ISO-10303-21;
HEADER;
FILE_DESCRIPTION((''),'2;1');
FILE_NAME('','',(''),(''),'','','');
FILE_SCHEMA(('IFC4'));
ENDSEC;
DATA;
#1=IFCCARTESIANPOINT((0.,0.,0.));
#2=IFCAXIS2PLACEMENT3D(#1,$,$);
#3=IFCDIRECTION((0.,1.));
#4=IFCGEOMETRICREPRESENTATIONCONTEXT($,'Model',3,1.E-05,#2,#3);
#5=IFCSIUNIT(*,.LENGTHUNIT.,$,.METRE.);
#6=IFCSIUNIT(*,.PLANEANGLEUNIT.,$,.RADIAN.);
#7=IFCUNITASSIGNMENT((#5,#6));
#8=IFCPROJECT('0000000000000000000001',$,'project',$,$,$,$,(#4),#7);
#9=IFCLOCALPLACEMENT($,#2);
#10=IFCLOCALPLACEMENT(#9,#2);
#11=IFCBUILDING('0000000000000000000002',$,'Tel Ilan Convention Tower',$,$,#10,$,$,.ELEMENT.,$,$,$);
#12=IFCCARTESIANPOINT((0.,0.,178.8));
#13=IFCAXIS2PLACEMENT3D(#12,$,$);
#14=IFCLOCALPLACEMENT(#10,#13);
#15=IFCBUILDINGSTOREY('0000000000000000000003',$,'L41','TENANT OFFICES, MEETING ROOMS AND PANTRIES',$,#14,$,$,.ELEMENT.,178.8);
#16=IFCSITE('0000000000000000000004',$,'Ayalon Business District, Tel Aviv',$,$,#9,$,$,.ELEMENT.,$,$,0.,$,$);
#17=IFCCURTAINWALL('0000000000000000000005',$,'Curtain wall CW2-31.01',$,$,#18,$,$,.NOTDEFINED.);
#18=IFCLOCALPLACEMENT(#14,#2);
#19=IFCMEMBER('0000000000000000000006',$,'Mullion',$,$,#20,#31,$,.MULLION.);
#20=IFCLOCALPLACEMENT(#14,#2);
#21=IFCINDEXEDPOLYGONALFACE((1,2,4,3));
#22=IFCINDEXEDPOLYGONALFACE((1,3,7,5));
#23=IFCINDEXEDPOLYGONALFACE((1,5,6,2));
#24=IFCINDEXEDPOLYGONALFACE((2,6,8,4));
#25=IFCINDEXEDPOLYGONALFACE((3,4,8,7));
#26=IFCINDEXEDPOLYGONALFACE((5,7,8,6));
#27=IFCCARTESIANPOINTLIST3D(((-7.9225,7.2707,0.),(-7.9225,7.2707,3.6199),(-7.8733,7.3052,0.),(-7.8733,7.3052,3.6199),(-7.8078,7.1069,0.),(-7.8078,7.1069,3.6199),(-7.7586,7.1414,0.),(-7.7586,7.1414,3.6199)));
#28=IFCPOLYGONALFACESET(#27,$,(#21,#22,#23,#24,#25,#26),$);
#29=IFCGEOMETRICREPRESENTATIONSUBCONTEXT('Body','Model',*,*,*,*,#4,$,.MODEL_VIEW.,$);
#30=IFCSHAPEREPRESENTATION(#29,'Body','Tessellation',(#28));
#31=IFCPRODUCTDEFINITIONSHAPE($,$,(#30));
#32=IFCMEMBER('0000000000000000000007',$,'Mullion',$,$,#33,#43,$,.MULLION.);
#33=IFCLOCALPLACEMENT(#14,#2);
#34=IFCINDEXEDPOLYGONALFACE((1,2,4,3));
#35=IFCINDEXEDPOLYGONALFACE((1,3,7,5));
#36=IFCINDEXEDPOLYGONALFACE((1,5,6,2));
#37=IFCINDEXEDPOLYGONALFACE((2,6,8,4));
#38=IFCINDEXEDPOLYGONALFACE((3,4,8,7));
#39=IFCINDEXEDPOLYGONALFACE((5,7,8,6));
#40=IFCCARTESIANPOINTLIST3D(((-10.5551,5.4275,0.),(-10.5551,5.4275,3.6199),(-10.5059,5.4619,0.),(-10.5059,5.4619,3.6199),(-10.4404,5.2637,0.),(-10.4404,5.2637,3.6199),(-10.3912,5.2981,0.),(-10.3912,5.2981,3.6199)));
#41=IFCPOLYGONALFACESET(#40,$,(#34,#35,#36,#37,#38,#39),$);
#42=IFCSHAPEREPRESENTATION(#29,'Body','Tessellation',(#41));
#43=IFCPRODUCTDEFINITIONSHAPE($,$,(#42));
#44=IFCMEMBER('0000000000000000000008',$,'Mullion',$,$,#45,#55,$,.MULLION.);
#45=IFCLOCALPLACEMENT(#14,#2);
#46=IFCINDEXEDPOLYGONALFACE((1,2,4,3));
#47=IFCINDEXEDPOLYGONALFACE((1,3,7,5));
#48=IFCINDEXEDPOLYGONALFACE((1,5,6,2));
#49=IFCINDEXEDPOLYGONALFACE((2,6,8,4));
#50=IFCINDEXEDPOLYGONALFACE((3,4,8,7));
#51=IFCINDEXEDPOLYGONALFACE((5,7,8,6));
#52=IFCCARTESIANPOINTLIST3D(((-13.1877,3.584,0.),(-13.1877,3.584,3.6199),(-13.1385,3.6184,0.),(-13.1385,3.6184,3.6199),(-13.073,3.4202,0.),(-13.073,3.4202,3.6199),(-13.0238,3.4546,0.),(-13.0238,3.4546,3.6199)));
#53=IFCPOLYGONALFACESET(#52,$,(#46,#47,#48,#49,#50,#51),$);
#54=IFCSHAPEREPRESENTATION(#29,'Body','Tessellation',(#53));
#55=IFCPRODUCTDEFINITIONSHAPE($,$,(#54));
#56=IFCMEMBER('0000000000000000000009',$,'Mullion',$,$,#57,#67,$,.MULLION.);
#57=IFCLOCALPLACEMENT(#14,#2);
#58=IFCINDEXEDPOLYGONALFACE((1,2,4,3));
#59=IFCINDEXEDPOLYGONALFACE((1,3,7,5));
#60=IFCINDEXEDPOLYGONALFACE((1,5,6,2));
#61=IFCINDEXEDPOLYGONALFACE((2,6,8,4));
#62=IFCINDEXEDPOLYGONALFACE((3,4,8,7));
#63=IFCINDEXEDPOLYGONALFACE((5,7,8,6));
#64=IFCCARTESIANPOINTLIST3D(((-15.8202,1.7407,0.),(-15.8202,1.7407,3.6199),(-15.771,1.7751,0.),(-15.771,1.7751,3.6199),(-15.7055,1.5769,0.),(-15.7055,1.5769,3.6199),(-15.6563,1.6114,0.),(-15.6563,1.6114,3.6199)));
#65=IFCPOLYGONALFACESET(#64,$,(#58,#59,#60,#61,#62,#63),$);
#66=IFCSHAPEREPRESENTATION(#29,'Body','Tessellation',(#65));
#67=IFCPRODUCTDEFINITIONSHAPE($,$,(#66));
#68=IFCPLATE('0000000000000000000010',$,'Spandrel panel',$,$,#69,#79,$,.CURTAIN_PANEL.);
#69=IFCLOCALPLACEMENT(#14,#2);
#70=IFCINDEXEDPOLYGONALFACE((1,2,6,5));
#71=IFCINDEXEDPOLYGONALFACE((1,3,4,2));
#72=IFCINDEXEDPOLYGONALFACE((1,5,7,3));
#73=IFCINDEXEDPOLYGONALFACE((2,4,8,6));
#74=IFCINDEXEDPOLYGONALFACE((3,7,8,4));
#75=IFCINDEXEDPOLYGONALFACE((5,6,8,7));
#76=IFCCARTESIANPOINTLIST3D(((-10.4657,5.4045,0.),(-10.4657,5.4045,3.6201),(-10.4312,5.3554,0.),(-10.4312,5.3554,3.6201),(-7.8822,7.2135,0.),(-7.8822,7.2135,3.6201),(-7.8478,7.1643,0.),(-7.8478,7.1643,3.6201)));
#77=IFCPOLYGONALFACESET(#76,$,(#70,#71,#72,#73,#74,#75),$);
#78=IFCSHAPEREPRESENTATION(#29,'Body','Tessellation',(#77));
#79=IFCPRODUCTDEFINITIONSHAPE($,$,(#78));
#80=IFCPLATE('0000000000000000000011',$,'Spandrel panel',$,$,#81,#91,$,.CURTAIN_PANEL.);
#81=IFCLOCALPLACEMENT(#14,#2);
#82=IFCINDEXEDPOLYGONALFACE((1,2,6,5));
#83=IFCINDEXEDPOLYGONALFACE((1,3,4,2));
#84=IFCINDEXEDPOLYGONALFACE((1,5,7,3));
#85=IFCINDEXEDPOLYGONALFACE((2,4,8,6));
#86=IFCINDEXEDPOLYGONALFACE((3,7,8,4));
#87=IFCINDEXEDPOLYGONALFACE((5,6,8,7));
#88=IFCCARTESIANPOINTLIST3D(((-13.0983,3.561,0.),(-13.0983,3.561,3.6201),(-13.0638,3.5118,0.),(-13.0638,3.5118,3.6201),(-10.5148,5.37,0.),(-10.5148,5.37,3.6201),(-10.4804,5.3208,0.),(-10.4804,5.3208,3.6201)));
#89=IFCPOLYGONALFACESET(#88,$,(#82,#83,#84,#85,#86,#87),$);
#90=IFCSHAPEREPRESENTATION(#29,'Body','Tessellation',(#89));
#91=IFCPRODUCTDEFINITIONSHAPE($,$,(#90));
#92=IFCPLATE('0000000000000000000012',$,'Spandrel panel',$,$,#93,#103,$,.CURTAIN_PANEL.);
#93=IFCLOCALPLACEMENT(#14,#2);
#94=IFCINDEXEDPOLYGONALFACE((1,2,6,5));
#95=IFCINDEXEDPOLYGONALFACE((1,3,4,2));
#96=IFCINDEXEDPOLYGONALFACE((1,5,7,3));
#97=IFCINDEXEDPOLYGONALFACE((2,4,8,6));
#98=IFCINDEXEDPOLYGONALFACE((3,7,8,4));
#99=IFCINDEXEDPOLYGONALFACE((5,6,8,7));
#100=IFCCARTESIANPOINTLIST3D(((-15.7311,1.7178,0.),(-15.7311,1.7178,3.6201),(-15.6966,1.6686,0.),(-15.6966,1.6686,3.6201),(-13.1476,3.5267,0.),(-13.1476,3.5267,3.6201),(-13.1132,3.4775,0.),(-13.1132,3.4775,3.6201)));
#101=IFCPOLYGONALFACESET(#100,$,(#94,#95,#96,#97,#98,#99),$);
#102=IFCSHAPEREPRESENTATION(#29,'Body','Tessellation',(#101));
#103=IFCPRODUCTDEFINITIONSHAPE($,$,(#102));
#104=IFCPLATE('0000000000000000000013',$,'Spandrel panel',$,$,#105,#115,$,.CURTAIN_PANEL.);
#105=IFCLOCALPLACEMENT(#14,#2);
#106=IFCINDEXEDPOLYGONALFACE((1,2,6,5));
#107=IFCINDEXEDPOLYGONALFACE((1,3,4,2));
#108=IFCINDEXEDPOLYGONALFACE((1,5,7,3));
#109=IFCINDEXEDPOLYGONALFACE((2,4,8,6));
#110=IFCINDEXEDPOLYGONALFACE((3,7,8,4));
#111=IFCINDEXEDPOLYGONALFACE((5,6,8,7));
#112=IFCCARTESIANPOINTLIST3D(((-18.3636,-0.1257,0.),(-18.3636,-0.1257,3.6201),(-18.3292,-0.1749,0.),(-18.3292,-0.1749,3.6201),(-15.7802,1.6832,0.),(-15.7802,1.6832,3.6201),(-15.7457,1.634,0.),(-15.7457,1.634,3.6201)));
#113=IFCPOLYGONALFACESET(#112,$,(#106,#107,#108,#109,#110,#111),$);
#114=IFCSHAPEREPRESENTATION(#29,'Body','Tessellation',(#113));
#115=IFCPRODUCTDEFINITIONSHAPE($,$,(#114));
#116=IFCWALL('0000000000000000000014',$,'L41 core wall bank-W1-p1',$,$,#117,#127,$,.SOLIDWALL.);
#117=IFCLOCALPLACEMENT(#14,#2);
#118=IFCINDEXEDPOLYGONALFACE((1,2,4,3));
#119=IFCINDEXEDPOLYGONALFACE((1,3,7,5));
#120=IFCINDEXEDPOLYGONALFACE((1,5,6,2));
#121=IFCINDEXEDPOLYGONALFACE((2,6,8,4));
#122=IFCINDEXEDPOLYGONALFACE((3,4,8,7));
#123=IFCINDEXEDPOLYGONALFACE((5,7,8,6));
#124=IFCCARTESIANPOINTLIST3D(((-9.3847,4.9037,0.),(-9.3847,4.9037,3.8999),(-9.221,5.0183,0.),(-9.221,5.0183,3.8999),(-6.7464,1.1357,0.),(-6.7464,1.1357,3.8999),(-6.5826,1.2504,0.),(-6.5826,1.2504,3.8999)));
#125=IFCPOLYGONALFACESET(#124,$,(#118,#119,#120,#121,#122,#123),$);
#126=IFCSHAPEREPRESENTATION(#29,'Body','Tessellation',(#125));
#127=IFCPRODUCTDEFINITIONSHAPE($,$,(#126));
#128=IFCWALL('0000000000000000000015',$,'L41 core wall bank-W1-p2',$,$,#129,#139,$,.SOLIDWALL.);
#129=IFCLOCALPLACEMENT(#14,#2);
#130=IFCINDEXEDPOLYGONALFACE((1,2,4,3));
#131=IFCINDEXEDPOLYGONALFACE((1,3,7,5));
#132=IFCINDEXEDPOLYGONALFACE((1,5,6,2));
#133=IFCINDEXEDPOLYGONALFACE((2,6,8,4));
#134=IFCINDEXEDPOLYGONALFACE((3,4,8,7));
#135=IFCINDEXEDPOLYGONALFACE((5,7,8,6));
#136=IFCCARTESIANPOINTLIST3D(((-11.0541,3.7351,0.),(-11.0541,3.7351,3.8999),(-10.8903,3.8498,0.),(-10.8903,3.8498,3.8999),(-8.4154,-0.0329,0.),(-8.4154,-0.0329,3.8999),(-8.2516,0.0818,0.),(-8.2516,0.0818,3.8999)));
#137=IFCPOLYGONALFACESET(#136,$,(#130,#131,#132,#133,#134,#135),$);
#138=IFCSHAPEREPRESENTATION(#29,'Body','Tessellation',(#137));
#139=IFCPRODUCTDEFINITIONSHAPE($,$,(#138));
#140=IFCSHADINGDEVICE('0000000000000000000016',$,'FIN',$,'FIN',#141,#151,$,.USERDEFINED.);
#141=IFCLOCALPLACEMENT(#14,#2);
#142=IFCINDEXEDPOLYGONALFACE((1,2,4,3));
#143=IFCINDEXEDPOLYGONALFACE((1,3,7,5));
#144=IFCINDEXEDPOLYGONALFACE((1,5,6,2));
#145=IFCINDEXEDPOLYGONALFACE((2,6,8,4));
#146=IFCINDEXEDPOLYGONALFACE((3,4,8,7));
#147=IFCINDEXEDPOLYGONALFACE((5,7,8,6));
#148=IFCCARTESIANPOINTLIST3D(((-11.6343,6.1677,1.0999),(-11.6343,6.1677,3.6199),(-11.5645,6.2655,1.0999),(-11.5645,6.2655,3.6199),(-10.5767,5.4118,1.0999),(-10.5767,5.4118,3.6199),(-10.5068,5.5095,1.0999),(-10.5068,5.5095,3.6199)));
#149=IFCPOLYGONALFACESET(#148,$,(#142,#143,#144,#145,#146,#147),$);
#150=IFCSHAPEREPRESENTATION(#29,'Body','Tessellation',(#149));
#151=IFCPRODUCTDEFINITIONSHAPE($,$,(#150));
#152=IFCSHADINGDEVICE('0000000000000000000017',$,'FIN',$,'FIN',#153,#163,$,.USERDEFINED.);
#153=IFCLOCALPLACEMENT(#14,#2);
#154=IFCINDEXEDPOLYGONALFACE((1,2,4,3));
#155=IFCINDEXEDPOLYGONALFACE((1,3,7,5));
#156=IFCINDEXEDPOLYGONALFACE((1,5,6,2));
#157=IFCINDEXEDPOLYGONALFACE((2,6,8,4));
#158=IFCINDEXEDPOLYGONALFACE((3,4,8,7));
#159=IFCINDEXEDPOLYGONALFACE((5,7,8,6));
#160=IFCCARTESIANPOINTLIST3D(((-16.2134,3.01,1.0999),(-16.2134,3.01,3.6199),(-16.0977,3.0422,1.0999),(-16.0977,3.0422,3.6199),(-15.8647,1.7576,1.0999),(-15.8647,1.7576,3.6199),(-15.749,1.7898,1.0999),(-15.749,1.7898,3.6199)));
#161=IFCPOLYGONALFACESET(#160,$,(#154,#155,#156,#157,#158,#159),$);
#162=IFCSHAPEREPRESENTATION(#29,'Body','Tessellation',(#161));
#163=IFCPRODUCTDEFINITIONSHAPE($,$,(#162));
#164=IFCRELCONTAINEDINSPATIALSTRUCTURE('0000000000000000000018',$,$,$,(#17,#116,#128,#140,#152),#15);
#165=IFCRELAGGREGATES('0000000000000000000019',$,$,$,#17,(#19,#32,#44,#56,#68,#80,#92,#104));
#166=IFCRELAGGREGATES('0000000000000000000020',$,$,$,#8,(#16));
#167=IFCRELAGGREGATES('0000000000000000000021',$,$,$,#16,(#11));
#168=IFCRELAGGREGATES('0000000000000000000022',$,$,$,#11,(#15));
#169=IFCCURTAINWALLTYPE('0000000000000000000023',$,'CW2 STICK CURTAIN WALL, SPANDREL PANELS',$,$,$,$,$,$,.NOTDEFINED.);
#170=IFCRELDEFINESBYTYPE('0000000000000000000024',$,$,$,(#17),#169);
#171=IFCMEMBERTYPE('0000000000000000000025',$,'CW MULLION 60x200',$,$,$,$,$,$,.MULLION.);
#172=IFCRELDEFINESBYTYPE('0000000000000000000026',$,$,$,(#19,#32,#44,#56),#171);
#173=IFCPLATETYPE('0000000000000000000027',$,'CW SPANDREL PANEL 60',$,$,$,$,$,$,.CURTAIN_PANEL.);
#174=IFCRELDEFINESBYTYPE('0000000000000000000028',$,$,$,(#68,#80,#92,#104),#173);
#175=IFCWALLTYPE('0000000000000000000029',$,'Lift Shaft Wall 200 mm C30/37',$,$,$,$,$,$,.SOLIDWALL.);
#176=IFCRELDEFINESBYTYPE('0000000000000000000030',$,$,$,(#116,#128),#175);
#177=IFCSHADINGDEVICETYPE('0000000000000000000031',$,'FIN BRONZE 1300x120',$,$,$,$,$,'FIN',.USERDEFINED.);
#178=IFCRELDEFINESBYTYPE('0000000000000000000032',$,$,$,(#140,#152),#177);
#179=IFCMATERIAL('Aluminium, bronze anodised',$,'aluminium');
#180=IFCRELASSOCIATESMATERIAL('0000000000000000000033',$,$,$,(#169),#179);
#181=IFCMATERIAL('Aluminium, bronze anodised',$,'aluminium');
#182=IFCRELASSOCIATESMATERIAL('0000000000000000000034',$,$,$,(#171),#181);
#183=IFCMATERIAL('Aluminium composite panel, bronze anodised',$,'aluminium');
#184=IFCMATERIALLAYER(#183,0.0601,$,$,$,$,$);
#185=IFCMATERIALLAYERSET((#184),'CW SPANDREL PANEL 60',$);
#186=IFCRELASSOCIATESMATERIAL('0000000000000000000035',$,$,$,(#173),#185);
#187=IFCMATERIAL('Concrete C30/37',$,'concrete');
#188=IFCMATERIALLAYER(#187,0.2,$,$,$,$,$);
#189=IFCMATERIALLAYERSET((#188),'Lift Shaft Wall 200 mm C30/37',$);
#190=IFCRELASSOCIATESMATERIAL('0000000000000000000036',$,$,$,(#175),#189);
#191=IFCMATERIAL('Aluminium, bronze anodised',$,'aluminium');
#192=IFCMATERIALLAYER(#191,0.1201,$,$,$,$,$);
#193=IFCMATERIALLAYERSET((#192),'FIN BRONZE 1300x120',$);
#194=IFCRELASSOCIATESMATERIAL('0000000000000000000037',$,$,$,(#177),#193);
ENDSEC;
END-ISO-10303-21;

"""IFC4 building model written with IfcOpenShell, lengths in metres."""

from ifc_helpers import new_model, si_unit, direction, frame, frame_2d, origin, origin_2d, place, context, subcontext, project, spatial, rectangle, extrude, material, layer, layer_set, material_profile, profile_set, type_object, element, aggregate, save


model = new_model("IFC4")

# Units and contexts
model_context = context("Model", 3, precision=1e-05, world=origin(), true_north=direction((0.0, 1.0)))
body_context = subcontext(model_context, "Body", "Model", "MODEL_VIEW")
ifc_project = project(units=[si_unit("LENGTHUNIT", "METRE"), si_unit("PLANEANGLEUNIT", "RADIAN")], contexts=[model_context])

# Site, building, storey
site_placement = place(None, origin())
site = spatial("IfcSite", under=ifc_project, at=site_placement, Name="Ayalon Business District, Tel Aviv", CompositionType="ELEMENT", RefElevation=0.0)
building_placement = place(site_placement, origin())
building = spatial("IfcBuilding", under=site, at=building_placement, Name="Tel Ilan Convention Tower", CompositionType="ELEMENT")
storey_placement = place(building_placement, frame((0.0, 0.0, 178.8)))
storey = spatial("IfcBuildingStorey", under=building, at=storey_placement, Name="L41", Description="TENANT OFFICES, MEETING ROOMS AND PANTRIES", CompositionType="ELEMENT", Elevation=178.8)

# Curtain wall, members, plates
ifc_material_1 = material(Name="Aluminium, bronze anodised", Category="aluminium")
curtain_wall_type = type_object("IfcCurtainWallType", Name="CW2 STICK CURTAIN WALL, SPANDREL PANELS", PredefinedType="NOTDEFINED", material=ifc_material_1)
curtain_wall_placement = place(storey_placement, origin())
curtain_wall = element("IfcCurtainWall", 1, at=curtain_wall_placement, inside=storey, type_object=curtain_wall_type, Name="Curtain wall CW2-31.01", PredefinedType="NOTDEFINED")
ifc_material_2 = material(Name="Aluminium, bronze anodised", Category="aluminium")
ifc_material_profile = material_profile(ifc_material_2, rectangle(XDim=0.0601, YDim=0.2, at=origin_2d()), Name="CW MULLION 60x200")
ifc_profile_set = profile_set([ifc_material_profile], Name="Aluminium, bronze anodised")
member_type = type_object("IfcMemberType", Name="CW MULLION 60x200", PredefinedType="MULLION", material=ifc_profile_set)
member_1_placement = place(storey_placement, frame((-7.8406, 7.2061, 0.0), z_axis=(0.0, 0.0, 1.0), x_axis=(-0.819152, -0.573576, 0.0)))
member_1 = element("IfcMember", 2, at=member_1_placement, type_object=member_type, Name="Mullion", PredefinedType="MULLION", context=body_context, shape_type="SweptSolid", body=[
    extrude(rectangle(XDim=0.0601, YDim=0.2, at=origin_2d()), origin(), (0.0, 0.0, 1.0), 3.6199),
])
member_2_placement = place(storey_placement, frame((-10.4731, 5.3628, 0.0), z_axis=(0.0, 0.0, 1.0), x_axis=(-0.819152, -0.573576, 0.0)))
member_2 = element("IfcMember", 3, at=member_2_placement, type_object=member_type, Name="Mullion", PredefinedType="MULLION", context=body_context, shape_type="SweptSolid", body=[
    extrude(rectangle(XDim=0.0601, YDim=0.2, at=origin_2d()), origin(), (0.0, 0.0, 1.0), 3.6199),
])
member_3_placement = place(storey_placement, frame((-13.1057, 3.5193, 0.0), z_axis=(0.0, 0.0, 1.0), x_axis=(-0.819152, -0.573576, 0.0)))
member_3 = element("IfcMember", 4, at=member_3_placement, type_object=member_type, Name="Mullion", PredefinedType="MULLION", context=body_context, shape_type="SweptSolid", body=[
    extrude(rectangle(XDim=0.0601, YDim=0.2, at=origin_2d()), origin(), (0.0, 0.0, 1.0), 3.6199),
])
member_4_placement = place(storey_placement, frame((-15.7383, 1.676, 0.0), z_axis=(0.0, 0.0, 1.0), x_axis=(-0.819152, -0.573576, 0.0)))
member_4 = element("IfcMember", 5, at=member_4_placement, type_object=member_type, Name="Mullion", PredefinedType="MULLION", context=body_context, shape_type="SweptSolid", body=[
    extrude(rectangle(XDim=0.0601, YDim=0.2, at=origin_2d()), origin(), (0.0, 0.0, 1.0), 3.6199),
])
ifc_material_3 = material(Name="Aluminium composite panel, bronze anodised", Category="aluminium")
ifc_layer_1 = layer(ifc_material_3, 0.0601)
ifc_layer_set_1 = layer_set([ifc_layer_1], Name="CW SPANDREL PANEL 60")
plate_type = type_object("IfcPlateType", Name="CW SPANDREL PANEL 60", PredefinedType="CURTAIN_PANEL", material=ifc_layer_set_1)
plate_1_placement = place(storey_placement, frame((-9.1567, 6.2844, 0.0), z_axis=(0.0, 0.0, 1.0), x_axis=(-0.819152, -0.573576, 0.0)))
plate_1 = element("IfcPlate", 6, at=plate_1_placement, type_object=plate_type, Name="Spandrel panel", PredefinedType="CURTAIN_PANEL", context=body_context, shape_type="SweptSolid", body=[
    extrude(rectangle(XDim=3.1538, YDim=0.0601, at=origin_2d()), origin(), (0.0, 0.0, 1.0), 3.6201),
])
plate_2_placement = place(storey_placement, frame((-11.7893, 4.4409, 0.0), z_axis=(0.0, 0.0, 1.0), x_axis=(-0.819152, -0.573576, 0.0)))
plate_2 = element("IfcPlate", 7, at=plate_2_placement, type_object=plate_type, Name="Spandrel panel", PredefinedType="CURTAIN_PANEL", context=body_context, shape_type="SweptSolid", body=[
    extrude(rectangle(XDim=3.1538, YDim=0.0601, at=origin_2d()), origin(), (0.0, 0.0, 1.0), 3.6201),
])
plate_3_placement = place(storey_placement, frame((-14.4221, 2.5977, 0.0), z_axis=(0.0, 0.0, 1.0), x_axis=(-0.819152, -0.573576, 0.0)))
plate_3 = element("IfcPlate", 8, at=plate_3_placement, type_object=plate_type, Name="Spandrel panel", PredefinedType="CURTAIN_PANEL", context=body_context, shape_type="SweptSolid", body=[
    extrude(rectangle(XDim=3.1538, YDim=0.0601, at=origin_2d()), origin(), (0.0, 0.0, 1.0), 3.6201),
])
plate_4_placement = place(storey_placement, frame((-17.0547, 0.7542, 0.0), z_axis=(0.0, 0.0, 1.0), x_axis=(-0.819152, -0.573576, 0.0)))
plate_4 = element("IfcPlate", 9, at=plate_4_placement, type_object=plate_type, Name="Spandrel panel", PredefinedType="CURTAIN_PANEL", context=body_context, shape_type="SweptSolid", body=[
    extrude(rectangle(XDim=3.1538, YDim=0.0601, at=origin_2d()), origin(), (0.0, 0.0, 1.0), 3.6201),
])
aggregate(curtain_wall, [member_1, member_2, member_3, member_4, plate_1, plate_2, plate_3, plate_4])

# Walls
ifc_material_4 = material(Name="Concrete C30/37", Category="concrete")
ifc_layer_2 = layer(ifc_material_4, 0.2)
ifc_layer_set_2 = layer_set([ifc_layer_2], Name="Lift Shaft Wall 200 mm C30/37")
wall_type = type_object("IfcWallType", Name="Lift Shaft Wall 200 mm C30/37", PredefinedType="SOLIDWALL", material=ifc_layer_set_2)
wall_1_placement = place(storey_placement, frame((-6.6646, 1.1931, 0.0), z_axis=(0.0, 0.0, 1.0), x_axis=(-0.573576, 0.819152, 0.0)))
element("IfcWall", 10, at=wall_1_placement, inside=storey, type_object=wall_type, Name="L41 core wall bank-W1-p1", PredefinedType="SOLIDWALL", context=body_context, shape_type="SweptSolid", body=[
    extrude(rectangle(XDim=4.5999, YDim=0.2, at=frame_2d((2.2998, 0.0))), origin(), (0.0, 0.0, 1.0), 3.8999),
])
wall_2_placement = place(storey_placement, frame((-8.3335, 0.0244, 0.0), z_axis=(0.0, 0.0, 1.0), x_axis=(-0.573612, 0.819127, 0.0)))
element("IfcWall", 11, at=wall_2_placement, inside=storey, type_object=wall_type, Name="L41 core wall bank-W1-p2", PredefinedType="SOLIDWALL", context=body_context, shape_type="SweptSolid", body=[
    extrude(rectangle(XDim=4.6001, YDim=0.2, at=frame_2d((2.3, 0.0))), origin(), (0.0, 0.0, 1.0), 3.8999),
])

# Shading devices
ifc_material_5 = material(Name="Aluminium, bronze anodised", Category="aluminium")
ifc_layer_3 = layer(ifc_material_5, 0.1201)
ifc_layer_set_3 = layer_set([ifc_layer_3], Name="FIN BRONZE 1300x120")
shading_device_type = type_object("IfcShadingDeviceType", Name="FIN BRONZE 1300x120", ElementType="FIN", PredefinedType="USERDEFINED", material=ifc_layer_set_3)
for number, where, z_axis, x_axis, name in (
    (12, (-11.0706, 5.8386, 1.0999), (0.0, 0.0, 1.0), (-0.813552, 0.581492, 0.0), "FIN"),
    (13, (-15.9812, 2.3999, 1.0999), (0.0, 0.0, 1.0), (-0.268173, 0.963371, 0.0), "FIN"),
):
    element("IfcShadingDevice", number, at=place(storey_placement, frame(where, z_axis=z_axis, x_axis=x_axis)), inside=storey, type_object=shading_device_type, Name=name, ObjectType="FIN", PredefinedType="USERDEFINED", context=body_context, shape_type="SweptSolid", body=[
        extrude(rectangle(XDim=1.3, YDim=0.1201, at=origin_2d()), origin(), (0.0, 0.0, 1.0), 2.52),
    ])

save(model, "model.ifc")
